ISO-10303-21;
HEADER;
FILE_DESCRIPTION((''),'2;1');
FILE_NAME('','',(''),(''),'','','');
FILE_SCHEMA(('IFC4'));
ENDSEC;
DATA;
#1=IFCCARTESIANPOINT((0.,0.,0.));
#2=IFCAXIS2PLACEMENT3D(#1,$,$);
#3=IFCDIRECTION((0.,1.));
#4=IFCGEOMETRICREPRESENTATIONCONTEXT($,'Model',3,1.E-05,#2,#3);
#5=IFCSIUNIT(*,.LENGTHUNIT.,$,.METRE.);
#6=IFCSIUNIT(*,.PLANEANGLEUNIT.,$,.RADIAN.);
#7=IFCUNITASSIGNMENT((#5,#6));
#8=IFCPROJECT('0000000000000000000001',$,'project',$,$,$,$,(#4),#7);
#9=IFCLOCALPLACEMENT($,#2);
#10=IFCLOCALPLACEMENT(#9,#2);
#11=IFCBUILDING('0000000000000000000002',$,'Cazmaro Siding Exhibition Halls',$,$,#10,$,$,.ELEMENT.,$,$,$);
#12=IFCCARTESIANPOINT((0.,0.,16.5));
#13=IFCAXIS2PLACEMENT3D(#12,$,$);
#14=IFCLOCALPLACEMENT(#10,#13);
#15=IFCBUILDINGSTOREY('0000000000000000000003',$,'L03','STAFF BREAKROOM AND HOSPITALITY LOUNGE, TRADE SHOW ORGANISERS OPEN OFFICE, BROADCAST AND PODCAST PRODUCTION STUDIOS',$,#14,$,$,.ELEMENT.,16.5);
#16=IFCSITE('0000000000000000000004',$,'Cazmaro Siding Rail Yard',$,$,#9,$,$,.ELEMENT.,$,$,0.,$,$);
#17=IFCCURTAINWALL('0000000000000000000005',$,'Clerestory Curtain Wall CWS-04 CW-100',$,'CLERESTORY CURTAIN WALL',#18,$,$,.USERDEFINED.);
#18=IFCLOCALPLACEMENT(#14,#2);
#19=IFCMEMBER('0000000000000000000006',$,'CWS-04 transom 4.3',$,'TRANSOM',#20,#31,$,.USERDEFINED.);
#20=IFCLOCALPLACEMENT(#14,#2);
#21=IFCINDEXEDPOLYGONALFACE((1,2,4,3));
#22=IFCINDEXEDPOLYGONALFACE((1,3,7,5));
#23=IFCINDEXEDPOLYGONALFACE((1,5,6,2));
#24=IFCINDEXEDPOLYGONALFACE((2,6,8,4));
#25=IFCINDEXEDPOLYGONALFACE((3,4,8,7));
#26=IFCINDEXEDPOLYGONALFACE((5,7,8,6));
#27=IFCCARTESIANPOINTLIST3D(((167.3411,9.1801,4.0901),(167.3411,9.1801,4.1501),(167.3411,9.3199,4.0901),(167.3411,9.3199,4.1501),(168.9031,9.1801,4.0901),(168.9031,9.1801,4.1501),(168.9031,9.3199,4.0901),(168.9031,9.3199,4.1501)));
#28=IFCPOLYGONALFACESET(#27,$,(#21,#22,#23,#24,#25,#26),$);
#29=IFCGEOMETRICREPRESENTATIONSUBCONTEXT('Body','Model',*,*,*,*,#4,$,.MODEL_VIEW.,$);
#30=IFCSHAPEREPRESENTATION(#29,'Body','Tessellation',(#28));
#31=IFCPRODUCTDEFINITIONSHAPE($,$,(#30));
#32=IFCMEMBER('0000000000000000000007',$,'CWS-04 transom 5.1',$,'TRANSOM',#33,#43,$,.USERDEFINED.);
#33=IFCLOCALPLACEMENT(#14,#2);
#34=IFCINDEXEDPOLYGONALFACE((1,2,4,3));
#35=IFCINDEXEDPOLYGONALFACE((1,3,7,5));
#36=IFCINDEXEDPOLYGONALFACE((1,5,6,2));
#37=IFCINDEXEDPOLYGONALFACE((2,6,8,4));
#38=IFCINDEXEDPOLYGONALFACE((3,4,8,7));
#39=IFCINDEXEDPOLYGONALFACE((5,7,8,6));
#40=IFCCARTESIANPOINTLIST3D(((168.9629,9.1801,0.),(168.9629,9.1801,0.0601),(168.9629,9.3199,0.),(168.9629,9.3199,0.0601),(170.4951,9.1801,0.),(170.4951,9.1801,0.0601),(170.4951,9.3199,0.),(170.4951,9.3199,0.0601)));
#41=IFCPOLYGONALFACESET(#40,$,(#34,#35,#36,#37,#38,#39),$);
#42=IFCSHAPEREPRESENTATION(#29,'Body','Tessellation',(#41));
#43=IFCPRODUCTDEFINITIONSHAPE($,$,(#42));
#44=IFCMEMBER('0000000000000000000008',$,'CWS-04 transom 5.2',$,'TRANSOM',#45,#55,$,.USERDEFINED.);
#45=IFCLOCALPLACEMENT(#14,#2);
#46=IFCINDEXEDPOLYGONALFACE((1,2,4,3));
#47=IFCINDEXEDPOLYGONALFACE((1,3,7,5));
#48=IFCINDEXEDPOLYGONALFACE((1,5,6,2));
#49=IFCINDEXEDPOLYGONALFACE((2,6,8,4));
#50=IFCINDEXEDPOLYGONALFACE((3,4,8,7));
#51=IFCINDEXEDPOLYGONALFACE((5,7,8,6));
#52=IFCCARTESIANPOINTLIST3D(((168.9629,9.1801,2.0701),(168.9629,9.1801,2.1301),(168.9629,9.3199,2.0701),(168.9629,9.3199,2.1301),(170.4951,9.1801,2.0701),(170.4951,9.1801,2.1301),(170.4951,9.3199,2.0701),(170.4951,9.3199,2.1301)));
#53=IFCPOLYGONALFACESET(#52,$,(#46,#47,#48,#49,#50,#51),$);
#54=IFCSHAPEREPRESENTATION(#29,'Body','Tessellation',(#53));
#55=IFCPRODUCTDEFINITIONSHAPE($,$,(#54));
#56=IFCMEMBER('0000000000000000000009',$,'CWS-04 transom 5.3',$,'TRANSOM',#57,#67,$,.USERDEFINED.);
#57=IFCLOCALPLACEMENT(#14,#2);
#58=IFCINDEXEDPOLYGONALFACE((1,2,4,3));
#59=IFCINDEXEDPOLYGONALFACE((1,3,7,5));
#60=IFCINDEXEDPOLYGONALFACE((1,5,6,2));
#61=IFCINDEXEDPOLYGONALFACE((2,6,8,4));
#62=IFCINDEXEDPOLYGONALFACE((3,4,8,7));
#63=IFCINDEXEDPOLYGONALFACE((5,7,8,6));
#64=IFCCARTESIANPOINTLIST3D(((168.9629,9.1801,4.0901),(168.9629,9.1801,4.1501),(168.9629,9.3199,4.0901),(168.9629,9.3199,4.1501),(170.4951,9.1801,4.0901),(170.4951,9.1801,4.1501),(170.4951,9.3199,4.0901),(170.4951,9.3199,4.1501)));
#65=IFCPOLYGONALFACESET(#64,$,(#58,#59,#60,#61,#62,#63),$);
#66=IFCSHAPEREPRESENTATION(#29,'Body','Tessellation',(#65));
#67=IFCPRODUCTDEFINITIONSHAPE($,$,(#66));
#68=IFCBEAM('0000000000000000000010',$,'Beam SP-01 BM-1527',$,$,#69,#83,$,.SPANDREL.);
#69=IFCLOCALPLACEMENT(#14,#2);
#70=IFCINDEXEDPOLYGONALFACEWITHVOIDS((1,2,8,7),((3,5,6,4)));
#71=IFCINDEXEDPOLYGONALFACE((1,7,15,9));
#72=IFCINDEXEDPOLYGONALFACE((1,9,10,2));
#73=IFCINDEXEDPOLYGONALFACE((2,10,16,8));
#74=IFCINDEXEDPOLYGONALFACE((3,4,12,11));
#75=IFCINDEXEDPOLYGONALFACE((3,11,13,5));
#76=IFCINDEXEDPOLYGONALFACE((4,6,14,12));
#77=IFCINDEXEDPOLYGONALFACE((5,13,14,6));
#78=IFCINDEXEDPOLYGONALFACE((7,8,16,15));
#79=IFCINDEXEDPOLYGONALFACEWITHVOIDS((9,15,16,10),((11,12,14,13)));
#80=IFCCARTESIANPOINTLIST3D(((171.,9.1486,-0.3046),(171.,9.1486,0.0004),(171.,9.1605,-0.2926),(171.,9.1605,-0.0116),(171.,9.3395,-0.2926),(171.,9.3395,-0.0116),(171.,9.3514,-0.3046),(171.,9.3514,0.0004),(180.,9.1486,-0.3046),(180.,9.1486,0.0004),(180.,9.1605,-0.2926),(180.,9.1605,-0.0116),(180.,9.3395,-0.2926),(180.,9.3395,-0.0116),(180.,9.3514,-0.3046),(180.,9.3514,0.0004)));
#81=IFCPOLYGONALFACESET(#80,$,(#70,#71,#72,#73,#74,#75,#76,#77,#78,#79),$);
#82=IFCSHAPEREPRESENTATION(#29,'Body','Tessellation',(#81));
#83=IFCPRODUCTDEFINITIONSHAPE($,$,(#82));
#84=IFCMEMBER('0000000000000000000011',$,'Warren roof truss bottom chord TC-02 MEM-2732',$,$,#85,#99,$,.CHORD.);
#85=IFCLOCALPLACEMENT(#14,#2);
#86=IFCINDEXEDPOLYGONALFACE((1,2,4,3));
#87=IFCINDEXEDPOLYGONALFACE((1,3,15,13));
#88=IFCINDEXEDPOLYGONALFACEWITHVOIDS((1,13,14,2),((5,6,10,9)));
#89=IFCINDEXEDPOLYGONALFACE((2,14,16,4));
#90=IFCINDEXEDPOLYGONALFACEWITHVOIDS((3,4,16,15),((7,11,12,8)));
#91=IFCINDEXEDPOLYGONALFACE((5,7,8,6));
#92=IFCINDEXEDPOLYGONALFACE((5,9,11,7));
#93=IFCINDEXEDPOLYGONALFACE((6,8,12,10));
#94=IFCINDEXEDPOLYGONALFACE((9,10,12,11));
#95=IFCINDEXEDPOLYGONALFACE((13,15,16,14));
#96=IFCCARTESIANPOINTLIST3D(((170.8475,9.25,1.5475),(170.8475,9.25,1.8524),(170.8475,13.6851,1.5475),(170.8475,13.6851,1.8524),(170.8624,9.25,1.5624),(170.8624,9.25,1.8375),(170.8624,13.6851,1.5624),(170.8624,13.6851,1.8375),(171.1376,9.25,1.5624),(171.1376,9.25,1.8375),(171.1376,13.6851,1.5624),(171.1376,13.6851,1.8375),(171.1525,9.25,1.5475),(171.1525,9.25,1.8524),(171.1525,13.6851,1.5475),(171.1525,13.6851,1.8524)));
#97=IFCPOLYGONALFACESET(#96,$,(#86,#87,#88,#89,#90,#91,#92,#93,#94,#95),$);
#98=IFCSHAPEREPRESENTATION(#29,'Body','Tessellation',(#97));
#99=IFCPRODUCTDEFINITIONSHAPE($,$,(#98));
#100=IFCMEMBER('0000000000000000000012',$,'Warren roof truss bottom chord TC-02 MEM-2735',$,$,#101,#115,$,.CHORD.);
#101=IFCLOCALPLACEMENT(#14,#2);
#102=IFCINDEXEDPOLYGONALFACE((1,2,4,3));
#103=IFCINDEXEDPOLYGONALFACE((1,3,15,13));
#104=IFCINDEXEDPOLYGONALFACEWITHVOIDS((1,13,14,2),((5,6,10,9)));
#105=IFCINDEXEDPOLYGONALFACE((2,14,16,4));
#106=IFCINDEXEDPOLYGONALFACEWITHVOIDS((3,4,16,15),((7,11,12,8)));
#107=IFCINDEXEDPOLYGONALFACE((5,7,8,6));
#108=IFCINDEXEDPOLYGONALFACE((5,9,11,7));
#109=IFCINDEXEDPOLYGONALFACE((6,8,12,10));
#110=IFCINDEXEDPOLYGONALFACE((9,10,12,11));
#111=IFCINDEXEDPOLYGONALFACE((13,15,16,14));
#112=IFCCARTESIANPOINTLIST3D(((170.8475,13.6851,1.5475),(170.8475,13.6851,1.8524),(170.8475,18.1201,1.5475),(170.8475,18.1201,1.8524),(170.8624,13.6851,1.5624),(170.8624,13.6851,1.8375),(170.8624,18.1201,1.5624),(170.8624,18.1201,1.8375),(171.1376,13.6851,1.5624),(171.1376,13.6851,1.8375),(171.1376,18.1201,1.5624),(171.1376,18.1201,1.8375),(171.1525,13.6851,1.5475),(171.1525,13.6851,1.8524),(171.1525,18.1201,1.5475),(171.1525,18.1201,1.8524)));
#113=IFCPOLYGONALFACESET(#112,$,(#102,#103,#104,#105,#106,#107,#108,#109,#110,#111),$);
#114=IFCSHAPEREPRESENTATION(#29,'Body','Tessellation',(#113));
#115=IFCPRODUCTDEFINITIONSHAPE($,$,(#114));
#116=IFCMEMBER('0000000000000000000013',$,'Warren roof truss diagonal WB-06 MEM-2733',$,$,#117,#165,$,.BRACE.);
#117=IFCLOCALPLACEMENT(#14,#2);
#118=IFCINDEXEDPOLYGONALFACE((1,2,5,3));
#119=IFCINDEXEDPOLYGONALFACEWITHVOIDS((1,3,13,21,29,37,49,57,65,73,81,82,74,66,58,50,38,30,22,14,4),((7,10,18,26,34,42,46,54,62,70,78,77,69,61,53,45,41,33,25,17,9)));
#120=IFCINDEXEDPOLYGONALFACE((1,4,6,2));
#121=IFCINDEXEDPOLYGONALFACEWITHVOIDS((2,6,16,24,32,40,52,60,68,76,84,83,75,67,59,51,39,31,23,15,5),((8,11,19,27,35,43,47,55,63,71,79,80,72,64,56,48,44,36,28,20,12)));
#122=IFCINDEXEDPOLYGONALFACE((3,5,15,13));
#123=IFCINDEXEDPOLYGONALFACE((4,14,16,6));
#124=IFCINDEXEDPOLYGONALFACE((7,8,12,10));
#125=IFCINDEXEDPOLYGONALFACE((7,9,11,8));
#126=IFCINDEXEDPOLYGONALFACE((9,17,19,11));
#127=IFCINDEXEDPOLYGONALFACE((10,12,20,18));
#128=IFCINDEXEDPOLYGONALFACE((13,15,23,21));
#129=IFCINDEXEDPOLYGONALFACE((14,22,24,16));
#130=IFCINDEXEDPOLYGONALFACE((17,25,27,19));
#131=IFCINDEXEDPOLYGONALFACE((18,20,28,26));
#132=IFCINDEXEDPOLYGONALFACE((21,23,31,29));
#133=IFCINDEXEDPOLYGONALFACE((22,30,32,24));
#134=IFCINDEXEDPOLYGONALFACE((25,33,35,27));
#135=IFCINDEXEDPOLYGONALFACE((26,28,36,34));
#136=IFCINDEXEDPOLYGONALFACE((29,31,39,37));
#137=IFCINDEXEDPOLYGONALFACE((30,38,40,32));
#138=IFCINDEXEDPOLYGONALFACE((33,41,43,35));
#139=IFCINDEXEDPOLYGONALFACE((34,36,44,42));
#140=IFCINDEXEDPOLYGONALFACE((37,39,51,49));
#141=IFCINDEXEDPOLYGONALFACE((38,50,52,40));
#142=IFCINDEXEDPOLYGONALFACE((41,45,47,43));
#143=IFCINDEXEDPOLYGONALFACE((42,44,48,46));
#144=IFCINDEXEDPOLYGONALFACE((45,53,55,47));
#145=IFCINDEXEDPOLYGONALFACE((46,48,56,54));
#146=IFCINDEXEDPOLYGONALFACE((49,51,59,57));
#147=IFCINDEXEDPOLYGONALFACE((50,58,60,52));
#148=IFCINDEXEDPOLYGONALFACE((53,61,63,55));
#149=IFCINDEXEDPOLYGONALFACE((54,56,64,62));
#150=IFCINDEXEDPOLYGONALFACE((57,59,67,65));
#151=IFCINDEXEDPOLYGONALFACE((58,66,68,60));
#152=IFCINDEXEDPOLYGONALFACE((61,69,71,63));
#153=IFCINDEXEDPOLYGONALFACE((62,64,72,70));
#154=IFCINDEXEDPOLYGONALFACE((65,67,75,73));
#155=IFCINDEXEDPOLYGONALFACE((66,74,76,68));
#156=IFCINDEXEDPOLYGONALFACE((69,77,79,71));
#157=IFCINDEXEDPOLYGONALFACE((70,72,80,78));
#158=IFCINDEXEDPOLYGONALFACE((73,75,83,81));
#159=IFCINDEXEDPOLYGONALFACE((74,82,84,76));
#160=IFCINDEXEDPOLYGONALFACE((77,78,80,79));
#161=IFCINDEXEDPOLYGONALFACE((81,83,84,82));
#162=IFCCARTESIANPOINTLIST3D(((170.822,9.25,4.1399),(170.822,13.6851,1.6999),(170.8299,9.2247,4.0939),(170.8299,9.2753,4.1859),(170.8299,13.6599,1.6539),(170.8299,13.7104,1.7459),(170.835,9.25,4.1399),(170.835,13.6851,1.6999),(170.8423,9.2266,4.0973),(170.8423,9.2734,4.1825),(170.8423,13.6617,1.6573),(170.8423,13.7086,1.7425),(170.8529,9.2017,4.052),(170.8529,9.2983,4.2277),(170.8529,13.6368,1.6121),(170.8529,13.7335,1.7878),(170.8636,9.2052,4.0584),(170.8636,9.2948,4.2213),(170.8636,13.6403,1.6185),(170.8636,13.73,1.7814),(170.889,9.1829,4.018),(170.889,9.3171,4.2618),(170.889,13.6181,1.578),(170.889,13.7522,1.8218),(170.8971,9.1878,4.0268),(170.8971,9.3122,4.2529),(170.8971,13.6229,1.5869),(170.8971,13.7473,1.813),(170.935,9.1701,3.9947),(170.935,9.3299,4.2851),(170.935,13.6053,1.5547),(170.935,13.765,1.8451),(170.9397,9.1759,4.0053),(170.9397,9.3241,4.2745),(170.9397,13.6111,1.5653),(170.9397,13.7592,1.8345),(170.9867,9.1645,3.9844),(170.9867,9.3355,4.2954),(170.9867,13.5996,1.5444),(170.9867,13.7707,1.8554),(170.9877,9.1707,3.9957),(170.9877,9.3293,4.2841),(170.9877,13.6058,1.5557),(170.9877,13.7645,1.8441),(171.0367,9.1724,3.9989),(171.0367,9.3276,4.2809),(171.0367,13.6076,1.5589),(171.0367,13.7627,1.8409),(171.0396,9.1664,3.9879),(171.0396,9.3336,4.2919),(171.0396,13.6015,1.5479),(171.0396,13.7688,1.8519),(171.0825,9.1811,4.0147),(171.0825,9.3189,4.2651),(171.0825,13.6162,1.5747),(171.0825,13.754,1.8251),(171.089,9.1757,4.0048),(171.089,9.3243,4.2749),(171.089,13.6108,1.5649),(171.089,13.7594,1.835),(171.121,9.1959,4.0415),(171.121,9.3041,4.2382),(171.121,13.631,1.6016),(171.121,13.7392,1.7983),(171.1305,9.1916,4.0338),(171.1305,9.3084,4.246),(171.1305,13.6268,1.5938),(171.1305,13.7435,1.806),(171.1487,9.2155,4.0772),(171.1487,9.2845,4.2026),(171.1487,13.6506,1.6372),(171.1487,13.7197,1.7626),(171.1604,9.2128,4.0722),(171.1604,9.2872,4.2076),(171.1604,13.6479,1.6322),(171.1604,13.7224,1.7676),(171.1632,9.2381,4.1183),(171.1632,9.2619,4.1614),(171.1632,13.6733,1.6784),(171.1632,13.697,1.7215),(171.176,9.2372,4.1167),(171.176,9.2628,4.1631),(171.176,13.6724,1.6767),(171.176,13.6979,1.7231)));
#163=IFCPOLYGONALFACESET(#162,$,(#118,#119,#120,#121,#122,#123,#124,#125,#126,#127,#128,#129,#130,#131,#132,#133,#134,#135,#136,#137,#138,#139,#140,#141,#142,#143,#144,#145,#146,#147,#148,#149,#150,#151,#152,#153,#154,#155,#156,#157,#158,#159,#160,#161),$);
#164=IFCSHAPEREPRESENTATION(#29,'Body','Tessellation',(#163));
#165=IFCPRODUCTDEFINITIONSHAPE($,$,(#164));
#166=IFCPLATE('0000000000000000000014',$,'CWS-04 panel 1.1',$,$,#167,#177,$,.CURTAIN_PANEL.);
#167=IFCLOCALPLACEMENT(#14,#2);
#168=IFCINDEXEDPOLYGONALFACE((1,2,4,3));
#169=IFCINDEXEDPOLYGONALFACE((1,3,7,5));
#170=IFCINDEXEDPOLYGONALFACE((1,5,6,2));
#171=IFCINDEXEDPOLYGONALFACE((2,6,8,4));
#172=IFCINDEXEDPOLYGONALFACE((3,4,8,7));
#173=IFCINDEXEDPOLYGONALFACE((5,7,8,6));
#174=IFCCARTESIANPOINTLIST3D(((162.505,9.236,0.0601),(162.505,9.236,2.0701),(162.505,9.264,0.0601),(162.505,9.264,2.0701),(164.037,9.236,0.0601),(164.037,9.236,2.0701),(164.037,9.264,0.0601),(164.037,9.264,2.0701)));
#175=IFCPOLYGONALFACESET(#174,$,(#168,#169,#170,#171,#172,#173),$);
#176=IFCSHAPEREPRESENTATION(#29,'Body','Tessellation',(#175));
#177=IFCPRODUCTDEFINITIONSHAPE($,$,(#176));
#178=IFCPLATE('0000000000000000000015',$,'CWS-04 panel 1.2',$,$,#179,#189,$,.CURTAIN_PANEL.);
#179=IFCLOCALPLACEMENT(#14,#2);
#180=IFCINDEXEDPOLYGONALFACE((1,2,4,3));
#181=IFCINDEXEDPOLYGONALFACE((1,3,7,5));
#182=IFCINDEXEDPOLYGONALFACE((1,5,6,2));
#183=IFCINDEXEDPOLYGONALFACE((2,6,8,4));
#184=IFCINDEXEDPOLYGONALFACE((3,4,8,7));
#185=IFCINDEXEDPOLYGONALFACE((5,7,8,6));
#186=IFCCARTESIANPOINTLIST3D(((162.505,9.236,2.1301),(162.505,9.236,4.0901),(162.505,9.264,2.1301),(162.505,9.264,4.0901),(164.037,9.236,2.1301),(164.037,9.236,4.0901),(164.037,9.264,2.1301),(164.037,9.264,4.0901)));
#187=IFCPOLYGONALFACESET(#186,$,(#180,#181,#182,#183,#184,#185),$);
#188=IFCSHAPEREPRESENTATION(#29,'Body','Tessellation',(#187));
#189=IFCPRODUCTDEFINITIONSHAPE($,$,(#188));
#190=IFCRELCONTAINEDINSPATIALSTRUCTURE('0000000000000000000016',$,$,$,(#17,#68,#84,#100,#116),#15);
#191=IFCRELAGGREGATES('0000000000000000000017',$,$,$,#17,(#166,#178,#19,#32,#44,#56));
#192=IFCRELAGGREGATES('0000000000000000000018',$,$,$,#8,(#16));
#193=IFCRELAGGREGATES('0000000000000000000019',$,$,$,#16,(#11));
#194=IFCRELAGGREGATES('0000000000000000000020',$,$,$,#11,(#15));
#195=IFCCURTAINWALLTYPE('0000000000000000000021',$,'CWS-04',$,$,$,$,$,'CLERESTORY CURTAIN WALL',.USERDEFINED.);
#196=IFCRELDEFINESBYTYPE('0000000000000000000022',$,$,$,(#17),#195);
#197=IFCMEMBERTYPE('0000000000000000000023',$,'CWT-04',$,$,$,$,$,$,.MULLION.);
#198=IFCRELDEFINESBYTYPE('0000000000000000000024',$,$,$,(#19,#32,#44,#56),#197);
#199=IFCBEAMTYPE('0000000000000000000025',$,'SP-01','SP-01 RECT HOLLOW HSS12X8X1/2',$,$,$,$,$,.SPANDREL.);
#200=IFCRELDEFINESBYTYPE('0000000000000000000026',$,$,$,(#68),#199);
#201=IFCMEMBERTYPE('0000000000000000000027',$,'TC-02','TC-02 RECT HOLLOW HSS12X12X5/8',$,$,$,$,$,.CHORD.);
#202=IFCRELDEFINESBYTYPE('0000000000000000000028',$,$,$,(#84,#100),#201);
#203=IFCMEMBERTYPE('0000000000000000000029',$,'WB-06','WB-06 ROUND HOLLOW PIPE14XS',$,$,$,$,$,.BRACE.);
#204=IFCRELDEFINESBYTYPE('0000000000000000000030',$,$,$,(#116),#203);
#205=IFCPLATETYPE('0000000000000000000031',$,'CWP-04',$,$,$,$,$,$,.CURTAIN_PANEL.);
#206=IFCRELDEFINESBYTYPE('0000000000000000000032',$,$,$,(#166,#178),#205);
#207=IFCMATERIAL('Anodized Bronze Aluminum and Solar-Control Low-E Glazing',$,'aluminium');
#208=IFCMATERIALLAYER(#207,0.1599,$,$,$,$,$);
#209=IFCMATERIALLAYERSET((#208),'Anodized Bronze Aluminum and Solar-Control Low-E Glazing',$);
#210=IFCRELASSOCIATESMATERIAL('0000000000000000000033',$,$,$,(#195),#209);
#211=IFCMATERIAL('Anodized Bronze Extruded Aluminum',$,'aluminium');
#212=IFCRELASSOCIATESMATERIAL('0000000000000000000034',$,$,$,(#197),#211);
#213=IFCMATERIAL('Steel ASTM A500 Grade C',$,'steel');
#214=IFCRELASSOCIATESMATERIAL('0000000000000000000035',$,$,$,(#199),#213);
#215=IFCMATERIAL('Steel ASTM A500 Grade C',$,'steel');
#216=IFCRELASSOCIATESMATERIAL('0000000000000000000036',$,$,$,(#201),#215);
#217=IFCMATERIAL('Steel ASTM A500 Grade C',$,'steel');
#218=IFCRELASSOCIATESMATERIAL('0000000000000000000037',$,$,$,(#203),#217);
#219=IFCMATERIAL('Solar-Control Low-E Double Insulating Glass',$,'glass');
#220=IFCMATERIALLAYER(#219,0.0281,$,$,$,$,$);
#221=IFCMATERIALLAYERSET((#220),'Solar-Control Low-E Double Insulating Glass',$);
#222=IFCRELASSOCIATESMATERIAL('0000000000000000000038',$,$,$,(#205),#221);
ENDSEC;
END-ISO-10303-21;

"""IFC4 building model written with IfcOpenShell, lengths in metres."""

from ifc_helpers import new_model, si_unit, direction, frame, origin, origin_2d, place, context, subcontext, project, spatial, rectangle, hollow_rectangle, hollow_circle, extrude, material, layer, layer_set, material_profile, profile_set, type_object, element, aggregate, save


model = new_model("IFC4")

# Units and contexts
model_context = context("Model", 3, precision=1e-05, world=origin(), true_north=direction((0.0, 1.0)))
body_context = subcontext(model_context, "Body", "Model", "MODEL_VIEW")
ifc_project = project(units=[si_unit("LENGTHUNIT", "METRE"), si_unit("PLANEANGLEUNIT", "RADIAN")], contexts=[model_context])

# Site, building, storey
site_placement = place(None, origin())
site = spatial("IfcSite", under=ifc_project, at=site_placement, Name="Cazmaro Siding Rail Yard", CompositionType="ELEMENT", RefElevation=0.0)
building_placement = place(site_placement, origin())
building = spatial("IfcBuilding", under=site, at=building_placement, Name="Cazmaro Siding Exhibition Halls", CompositionType="ELEMENT")
storey_placement = place(building_placement, frame((0.0, 0.0, 16.5)))
storey = spatial("IfcBuildingStorey", under=building, at=storey_placement, Name="L03", Description="STAFF BREAKROOM AND HOSPITALITY LOUNGE, TRADE SHOW ORGANISERS OPEN OFFICE, BROADCAST AND PODCAST PRODUCTION STUDIOS", CompositionType="ELEMENT", Elevation=16.5)

# Curtain wall, members
ifc_material_1 = material(Name="Anodized Bronze Aluminum and Solar-Control Low-E Glazing", Category="aluminium")
ifc_layer_1 = layer(ifc_material_1, 0.1599)
ifc_layer_set_1 = layer_set([ifc_layer_1], Name="Anodized Bronze Aluminum and Solar-Control Low-E Glazing")
curtain_wall_type = type_object("IfcCurtainWallType", Name="CWS-04", ElementType="CLERESTORY CURTAIN WALL", PredefinedType="USERDEFINED", material=ifc_layer_set_1)
curtain_wall_placement = place(storey_placement, origin())
curtain_wall = element("IfcCurtainWall", 1, at=curtain_wall_placement, inside=storey, type_object=curtain_wall_type, Name="Clerestory Curtain Wall CWS-04 CW-100", ObjectType="CLERESTORY CURTAIN WALL", PredefinedType="USERDEFINED")
ifc_material_2 = material(Name="Anodized Bronze Extruded Aluminum", Category="aluminium")
ifc_material_profile_1 = material_profile(ifc_material_2, rectangle(XDim=0.1399, YDim=0.0601, at=origin_2d()), Name="CWT-04")
ifc_profile_set_1 = profile_set([ifc_material_profile_1], Name="Anodized Bronze Extruded Aluminum")
member_type_1 = type_object("IfcMemberType", Name="CWT-04", PredefinedType="MULLION", material=ifc_profile_set_1)
member_1_placement = place(storey_placement, frame((167.3411, 9.25, 4.1201), z_axis=(1.0, 0.0, 0.0), x_axis=(0.0, 1.0, 0.0)))
member_1 = element("IfcMember", 2, at=member_1_placement, type_object=member_type_1, Name="CWS-04 transom 4.3", ObjectType="TRANSOM", PredefinedType="USERDEFINED", context=body_context, shape_type="SweptSolid", body=[
    extrude(rectangle(XDim=0.1399, YDim=0.0601, at=origin_2d()), origin(), (0.0, 0.0, 1.0), 1.562),
])
member_2_placement = place(storey_placement, frame((168.9629, 9.25, 0.03), z_axis=(1.0, 0.0, 0.0), x_axis=(0.0, 1.0, 0.0)))
member_2 = element("IfcMember", 3, at=member_2_placement, type_object=member_type_1, Name="CWS-04 transom 5.1", ObjectType="TRANSOM", PredefinedType="USERDEFINED", context=body_context, shape_type="SweptSolid", body=[
    extrude(rectangle(XDim=0.1399, YDim=0.0601, at=origin_2d()), origin(), (0.0, 0.0, 1.0), 1.5322),
])
member_3_placement = place(storey_placement, frame((168.9629, 9.25, 2.1001), z_axis=(1.0, 0.0, 0.0), x_axis=(0.0, 1.0, 0.0)))
member_3 = element("IfcMember", 4, at=member_3_placement, type_object=member_type_1, Name="CWS-04 transom 5.2", ObjectType="TRANSOM", PredefinedType="USERDEFINED", context=body_context, shape_type="SweptSolid", body=[
    extrude(rectangle(XDim=0.1399, YDim=0.0601, at=origin_2d()), origin(), (0.0, 0.0, 1.0), 1.5322),
])
member_4_placement = place(storey_placement, frame((168.9629, 9.25, 4.1201), z_axis=(1.0, 0.0, 0.0), x_axis=(0.0, 1.0, 0.0)))
member_4 = element("IfcMember", 5, at=member_4_placement, type_object=member_type_1, Name="CWS-04 transom 5.3", ObjectType="TRANSOM", PredefinedType="USERDEFINED", context=body_context, shape_type="SweptSolid", body=[
    extrude(rectangle(XDim=0.1399, YDim=0.0601, at=origin_2d()), origin(), (0.0, 0.0, 1.0), 1.5322),
])

# Beam
ifc_material_3 = material(Name="Steel ASTM A500 Grade C", Category="steel")
ifc_material_profile_2 = material_profile(ifc_material_3, hollow_rectangle(XDim=0.2029, YDim=0.3049, WallThickness=0.012, at=origin_2d()), Name="HSS12X8X1/2")
ifc_profile_set_2 = profile_set([ifc_material_profile_2], Name="Steel ASTM A500 Grade C")
beam_type = type_object("IfcBeamType", Name="SP-01", Description="SP-01 RECT HOLLOW HSS12X8X1/2", PredefinedType="SPANDREL", material=ifc_profile_set_2)
beam_placement = place(storey_placement, frame((171.0, 9.25, -0.1521), z_axis=(1.0, 0.0, 0.0), x_axis=(0.0, 1.0, 0.0)))
element("IfcBeam", 6, at=beam_placement, inside=storey, type_object=beam_type, Name="Beam SP-01 BM-1527", PredefinedType="SPANDREL", context=body_context, shape_type="SweptSolid", body=[
    extrude(hollow_rectangle(XDim=0.2029, YDim=0.3049, WallThickness=0.012, at=origin_2d()), origin(), (0.0, 0.0, 1.0), 9.0),
])

# Members
ifc_material_4 = material(Name="Steel ASTM A500 Grade C", Category="steel")
ifc_material_profile_3 = material_profile(ifc_material_4, hollow_rectangle(XDim=0.3049, YDim=0.3049, WallThickness=0.0149, at=origin_2d()), Name="HSS12X12X5/8")
ifc_profile_set_3 = profile_set([ifc_material_profile_3], Name="Steel ASTM A500 Grade C")
member_type_2 = type_object("IfcMemberType", Name="TC-02", Description="TC-02 RECT HOLLOW HSS12X12X5/8", PredefinedType="CHORD", material=ifc_profile_set_3)
for number, where, z_axis, x_axis, name in (
    (7, (171.0, 9.25, 1.7), (0.0, 1.0, 0.0), (-1.0, 0.0, 0.0), "Warren roof truss bottom chord TC-02 MEM-2732"),
    (8, (171.0, 13.6851, 1.7), (0.0, 1.0, 0.0), (-1.0, 0.0, 0.0), "Warren roof truss bottom chord TC-02 MEM-2735"),
):
    element("IfcMember", number, at=place(storey_placement, frame(where, z_axis=z_axis, x_axis=x_axis)), inside=storey, type_object=member_type_2, Name=name, PredefinedType="CHORD", context=body_context, shape_type="SweptSolid", body=[
        extrude(hollow_rectangle(XDim=0.3049, YDim=0.3049, WallThickness=0.0149, at=origin_2d()), origin(), (0.0, 0.0, 1.0), 4.4351),
    ])
ifc_material_5 = material(Name="Steel ASTM A500 Grade C", Category="steel")
ifc_material_profile_4 = material_profile(ifc_material_5, hollow_circle(Radius=0.178, WallThickness=0.0129, at=origin_2d()), Name="PIPE14XS")
ifc_profile_set_4 = profile_set([ifc_material_profile_4], Name="Steel ASTM A500 Grade C")
member_type_3 = type_object("IfcMemberType", Name="WB-06", Description="WB-06 ROUND HOLLOW PIPE14XS", PredefinedType="BRACE", material=ifc_profile_set_4)
member_5_placement = place(storey_placement, frame((171.0, 9.25, 4.1399), z_axis=(0.0, 0.876161, -0.482019), x_axis=(-1.0, 0.0, 0.0)))
element("IfcMember", 9, at=member_5_placement, inside=storey, type_object=member_type_3, Name="Warren roof truss diagonal WB-06 MEM-2733", PredefinedType="BRACE", context=body_context, shape_type="SweptSolid", body=[
    extrude(hollow_circle(Radius=0.178, WallThickness=0.0129, at=origin_2d()), origin(), (0.0, 0.0, 1.0), 5.062),
])

# Plates
ifc_material_6 = material(Name="Solar-Control Low-E Double Insulating Glass", Category="glass")
ifc_layer_2 = layer(ifc_material_6, 0.0281)
ifc_layer_set_2 = layer_set([ifc_layer_2], Name="Solar-Control Low-E Double Insulating Glass")
plate_type = type_object("IfcPlateType", Name="CWP-04", PredefinedType="CURTAIN_PANEL", material=ifc_layer_set_2)
plate_1_placement = place(storey_placement, frame((163.271, 9.25, 0.0601), z_axis=(0.0, 0.0, 1.0), x_axis=(1.0, 0.0, 0.0)))
plate_1 = element("IfcPlate", 10, at=plate_1_placement, type_object=plate_type, Name="CWS-04 panel 1.1", PredefinedType="CURTAIN_PANEL", context=body_context, shape_type="SweptSolid", body=[
    extrude(rectangle(XDim=1.532, YDim=0.0281, at=origin_2d()), origin(), (0.0, 0.0, 1.0), 2.01),
])
plate_2_placement = place(storey_placement, frame((163.271, 9.25, 2.1301), z_axis=(0.0, 0.0, 1.0), x_axis=(1.0, 0.0, 0.0)))
plate_2 = element("IfcPlate", 11, at=plate_2_placement, type_object=plate_type, Name="CWS-04 panel 1.2", PredefinedType="CURTAIN_PANEL", context=body_context, shape_type="SweptSolid", body=[
    extrude(rectangle(XDim=1.532, YDim=0.0281, at=origin_2d()), origin(), (0.0, 0.0, 1.0), 1.96),
])
aggregate(curtain_wall, [plate_1, plate_2, member_1, member_2, member_3, member_4])

save(model, "model.ifc")
